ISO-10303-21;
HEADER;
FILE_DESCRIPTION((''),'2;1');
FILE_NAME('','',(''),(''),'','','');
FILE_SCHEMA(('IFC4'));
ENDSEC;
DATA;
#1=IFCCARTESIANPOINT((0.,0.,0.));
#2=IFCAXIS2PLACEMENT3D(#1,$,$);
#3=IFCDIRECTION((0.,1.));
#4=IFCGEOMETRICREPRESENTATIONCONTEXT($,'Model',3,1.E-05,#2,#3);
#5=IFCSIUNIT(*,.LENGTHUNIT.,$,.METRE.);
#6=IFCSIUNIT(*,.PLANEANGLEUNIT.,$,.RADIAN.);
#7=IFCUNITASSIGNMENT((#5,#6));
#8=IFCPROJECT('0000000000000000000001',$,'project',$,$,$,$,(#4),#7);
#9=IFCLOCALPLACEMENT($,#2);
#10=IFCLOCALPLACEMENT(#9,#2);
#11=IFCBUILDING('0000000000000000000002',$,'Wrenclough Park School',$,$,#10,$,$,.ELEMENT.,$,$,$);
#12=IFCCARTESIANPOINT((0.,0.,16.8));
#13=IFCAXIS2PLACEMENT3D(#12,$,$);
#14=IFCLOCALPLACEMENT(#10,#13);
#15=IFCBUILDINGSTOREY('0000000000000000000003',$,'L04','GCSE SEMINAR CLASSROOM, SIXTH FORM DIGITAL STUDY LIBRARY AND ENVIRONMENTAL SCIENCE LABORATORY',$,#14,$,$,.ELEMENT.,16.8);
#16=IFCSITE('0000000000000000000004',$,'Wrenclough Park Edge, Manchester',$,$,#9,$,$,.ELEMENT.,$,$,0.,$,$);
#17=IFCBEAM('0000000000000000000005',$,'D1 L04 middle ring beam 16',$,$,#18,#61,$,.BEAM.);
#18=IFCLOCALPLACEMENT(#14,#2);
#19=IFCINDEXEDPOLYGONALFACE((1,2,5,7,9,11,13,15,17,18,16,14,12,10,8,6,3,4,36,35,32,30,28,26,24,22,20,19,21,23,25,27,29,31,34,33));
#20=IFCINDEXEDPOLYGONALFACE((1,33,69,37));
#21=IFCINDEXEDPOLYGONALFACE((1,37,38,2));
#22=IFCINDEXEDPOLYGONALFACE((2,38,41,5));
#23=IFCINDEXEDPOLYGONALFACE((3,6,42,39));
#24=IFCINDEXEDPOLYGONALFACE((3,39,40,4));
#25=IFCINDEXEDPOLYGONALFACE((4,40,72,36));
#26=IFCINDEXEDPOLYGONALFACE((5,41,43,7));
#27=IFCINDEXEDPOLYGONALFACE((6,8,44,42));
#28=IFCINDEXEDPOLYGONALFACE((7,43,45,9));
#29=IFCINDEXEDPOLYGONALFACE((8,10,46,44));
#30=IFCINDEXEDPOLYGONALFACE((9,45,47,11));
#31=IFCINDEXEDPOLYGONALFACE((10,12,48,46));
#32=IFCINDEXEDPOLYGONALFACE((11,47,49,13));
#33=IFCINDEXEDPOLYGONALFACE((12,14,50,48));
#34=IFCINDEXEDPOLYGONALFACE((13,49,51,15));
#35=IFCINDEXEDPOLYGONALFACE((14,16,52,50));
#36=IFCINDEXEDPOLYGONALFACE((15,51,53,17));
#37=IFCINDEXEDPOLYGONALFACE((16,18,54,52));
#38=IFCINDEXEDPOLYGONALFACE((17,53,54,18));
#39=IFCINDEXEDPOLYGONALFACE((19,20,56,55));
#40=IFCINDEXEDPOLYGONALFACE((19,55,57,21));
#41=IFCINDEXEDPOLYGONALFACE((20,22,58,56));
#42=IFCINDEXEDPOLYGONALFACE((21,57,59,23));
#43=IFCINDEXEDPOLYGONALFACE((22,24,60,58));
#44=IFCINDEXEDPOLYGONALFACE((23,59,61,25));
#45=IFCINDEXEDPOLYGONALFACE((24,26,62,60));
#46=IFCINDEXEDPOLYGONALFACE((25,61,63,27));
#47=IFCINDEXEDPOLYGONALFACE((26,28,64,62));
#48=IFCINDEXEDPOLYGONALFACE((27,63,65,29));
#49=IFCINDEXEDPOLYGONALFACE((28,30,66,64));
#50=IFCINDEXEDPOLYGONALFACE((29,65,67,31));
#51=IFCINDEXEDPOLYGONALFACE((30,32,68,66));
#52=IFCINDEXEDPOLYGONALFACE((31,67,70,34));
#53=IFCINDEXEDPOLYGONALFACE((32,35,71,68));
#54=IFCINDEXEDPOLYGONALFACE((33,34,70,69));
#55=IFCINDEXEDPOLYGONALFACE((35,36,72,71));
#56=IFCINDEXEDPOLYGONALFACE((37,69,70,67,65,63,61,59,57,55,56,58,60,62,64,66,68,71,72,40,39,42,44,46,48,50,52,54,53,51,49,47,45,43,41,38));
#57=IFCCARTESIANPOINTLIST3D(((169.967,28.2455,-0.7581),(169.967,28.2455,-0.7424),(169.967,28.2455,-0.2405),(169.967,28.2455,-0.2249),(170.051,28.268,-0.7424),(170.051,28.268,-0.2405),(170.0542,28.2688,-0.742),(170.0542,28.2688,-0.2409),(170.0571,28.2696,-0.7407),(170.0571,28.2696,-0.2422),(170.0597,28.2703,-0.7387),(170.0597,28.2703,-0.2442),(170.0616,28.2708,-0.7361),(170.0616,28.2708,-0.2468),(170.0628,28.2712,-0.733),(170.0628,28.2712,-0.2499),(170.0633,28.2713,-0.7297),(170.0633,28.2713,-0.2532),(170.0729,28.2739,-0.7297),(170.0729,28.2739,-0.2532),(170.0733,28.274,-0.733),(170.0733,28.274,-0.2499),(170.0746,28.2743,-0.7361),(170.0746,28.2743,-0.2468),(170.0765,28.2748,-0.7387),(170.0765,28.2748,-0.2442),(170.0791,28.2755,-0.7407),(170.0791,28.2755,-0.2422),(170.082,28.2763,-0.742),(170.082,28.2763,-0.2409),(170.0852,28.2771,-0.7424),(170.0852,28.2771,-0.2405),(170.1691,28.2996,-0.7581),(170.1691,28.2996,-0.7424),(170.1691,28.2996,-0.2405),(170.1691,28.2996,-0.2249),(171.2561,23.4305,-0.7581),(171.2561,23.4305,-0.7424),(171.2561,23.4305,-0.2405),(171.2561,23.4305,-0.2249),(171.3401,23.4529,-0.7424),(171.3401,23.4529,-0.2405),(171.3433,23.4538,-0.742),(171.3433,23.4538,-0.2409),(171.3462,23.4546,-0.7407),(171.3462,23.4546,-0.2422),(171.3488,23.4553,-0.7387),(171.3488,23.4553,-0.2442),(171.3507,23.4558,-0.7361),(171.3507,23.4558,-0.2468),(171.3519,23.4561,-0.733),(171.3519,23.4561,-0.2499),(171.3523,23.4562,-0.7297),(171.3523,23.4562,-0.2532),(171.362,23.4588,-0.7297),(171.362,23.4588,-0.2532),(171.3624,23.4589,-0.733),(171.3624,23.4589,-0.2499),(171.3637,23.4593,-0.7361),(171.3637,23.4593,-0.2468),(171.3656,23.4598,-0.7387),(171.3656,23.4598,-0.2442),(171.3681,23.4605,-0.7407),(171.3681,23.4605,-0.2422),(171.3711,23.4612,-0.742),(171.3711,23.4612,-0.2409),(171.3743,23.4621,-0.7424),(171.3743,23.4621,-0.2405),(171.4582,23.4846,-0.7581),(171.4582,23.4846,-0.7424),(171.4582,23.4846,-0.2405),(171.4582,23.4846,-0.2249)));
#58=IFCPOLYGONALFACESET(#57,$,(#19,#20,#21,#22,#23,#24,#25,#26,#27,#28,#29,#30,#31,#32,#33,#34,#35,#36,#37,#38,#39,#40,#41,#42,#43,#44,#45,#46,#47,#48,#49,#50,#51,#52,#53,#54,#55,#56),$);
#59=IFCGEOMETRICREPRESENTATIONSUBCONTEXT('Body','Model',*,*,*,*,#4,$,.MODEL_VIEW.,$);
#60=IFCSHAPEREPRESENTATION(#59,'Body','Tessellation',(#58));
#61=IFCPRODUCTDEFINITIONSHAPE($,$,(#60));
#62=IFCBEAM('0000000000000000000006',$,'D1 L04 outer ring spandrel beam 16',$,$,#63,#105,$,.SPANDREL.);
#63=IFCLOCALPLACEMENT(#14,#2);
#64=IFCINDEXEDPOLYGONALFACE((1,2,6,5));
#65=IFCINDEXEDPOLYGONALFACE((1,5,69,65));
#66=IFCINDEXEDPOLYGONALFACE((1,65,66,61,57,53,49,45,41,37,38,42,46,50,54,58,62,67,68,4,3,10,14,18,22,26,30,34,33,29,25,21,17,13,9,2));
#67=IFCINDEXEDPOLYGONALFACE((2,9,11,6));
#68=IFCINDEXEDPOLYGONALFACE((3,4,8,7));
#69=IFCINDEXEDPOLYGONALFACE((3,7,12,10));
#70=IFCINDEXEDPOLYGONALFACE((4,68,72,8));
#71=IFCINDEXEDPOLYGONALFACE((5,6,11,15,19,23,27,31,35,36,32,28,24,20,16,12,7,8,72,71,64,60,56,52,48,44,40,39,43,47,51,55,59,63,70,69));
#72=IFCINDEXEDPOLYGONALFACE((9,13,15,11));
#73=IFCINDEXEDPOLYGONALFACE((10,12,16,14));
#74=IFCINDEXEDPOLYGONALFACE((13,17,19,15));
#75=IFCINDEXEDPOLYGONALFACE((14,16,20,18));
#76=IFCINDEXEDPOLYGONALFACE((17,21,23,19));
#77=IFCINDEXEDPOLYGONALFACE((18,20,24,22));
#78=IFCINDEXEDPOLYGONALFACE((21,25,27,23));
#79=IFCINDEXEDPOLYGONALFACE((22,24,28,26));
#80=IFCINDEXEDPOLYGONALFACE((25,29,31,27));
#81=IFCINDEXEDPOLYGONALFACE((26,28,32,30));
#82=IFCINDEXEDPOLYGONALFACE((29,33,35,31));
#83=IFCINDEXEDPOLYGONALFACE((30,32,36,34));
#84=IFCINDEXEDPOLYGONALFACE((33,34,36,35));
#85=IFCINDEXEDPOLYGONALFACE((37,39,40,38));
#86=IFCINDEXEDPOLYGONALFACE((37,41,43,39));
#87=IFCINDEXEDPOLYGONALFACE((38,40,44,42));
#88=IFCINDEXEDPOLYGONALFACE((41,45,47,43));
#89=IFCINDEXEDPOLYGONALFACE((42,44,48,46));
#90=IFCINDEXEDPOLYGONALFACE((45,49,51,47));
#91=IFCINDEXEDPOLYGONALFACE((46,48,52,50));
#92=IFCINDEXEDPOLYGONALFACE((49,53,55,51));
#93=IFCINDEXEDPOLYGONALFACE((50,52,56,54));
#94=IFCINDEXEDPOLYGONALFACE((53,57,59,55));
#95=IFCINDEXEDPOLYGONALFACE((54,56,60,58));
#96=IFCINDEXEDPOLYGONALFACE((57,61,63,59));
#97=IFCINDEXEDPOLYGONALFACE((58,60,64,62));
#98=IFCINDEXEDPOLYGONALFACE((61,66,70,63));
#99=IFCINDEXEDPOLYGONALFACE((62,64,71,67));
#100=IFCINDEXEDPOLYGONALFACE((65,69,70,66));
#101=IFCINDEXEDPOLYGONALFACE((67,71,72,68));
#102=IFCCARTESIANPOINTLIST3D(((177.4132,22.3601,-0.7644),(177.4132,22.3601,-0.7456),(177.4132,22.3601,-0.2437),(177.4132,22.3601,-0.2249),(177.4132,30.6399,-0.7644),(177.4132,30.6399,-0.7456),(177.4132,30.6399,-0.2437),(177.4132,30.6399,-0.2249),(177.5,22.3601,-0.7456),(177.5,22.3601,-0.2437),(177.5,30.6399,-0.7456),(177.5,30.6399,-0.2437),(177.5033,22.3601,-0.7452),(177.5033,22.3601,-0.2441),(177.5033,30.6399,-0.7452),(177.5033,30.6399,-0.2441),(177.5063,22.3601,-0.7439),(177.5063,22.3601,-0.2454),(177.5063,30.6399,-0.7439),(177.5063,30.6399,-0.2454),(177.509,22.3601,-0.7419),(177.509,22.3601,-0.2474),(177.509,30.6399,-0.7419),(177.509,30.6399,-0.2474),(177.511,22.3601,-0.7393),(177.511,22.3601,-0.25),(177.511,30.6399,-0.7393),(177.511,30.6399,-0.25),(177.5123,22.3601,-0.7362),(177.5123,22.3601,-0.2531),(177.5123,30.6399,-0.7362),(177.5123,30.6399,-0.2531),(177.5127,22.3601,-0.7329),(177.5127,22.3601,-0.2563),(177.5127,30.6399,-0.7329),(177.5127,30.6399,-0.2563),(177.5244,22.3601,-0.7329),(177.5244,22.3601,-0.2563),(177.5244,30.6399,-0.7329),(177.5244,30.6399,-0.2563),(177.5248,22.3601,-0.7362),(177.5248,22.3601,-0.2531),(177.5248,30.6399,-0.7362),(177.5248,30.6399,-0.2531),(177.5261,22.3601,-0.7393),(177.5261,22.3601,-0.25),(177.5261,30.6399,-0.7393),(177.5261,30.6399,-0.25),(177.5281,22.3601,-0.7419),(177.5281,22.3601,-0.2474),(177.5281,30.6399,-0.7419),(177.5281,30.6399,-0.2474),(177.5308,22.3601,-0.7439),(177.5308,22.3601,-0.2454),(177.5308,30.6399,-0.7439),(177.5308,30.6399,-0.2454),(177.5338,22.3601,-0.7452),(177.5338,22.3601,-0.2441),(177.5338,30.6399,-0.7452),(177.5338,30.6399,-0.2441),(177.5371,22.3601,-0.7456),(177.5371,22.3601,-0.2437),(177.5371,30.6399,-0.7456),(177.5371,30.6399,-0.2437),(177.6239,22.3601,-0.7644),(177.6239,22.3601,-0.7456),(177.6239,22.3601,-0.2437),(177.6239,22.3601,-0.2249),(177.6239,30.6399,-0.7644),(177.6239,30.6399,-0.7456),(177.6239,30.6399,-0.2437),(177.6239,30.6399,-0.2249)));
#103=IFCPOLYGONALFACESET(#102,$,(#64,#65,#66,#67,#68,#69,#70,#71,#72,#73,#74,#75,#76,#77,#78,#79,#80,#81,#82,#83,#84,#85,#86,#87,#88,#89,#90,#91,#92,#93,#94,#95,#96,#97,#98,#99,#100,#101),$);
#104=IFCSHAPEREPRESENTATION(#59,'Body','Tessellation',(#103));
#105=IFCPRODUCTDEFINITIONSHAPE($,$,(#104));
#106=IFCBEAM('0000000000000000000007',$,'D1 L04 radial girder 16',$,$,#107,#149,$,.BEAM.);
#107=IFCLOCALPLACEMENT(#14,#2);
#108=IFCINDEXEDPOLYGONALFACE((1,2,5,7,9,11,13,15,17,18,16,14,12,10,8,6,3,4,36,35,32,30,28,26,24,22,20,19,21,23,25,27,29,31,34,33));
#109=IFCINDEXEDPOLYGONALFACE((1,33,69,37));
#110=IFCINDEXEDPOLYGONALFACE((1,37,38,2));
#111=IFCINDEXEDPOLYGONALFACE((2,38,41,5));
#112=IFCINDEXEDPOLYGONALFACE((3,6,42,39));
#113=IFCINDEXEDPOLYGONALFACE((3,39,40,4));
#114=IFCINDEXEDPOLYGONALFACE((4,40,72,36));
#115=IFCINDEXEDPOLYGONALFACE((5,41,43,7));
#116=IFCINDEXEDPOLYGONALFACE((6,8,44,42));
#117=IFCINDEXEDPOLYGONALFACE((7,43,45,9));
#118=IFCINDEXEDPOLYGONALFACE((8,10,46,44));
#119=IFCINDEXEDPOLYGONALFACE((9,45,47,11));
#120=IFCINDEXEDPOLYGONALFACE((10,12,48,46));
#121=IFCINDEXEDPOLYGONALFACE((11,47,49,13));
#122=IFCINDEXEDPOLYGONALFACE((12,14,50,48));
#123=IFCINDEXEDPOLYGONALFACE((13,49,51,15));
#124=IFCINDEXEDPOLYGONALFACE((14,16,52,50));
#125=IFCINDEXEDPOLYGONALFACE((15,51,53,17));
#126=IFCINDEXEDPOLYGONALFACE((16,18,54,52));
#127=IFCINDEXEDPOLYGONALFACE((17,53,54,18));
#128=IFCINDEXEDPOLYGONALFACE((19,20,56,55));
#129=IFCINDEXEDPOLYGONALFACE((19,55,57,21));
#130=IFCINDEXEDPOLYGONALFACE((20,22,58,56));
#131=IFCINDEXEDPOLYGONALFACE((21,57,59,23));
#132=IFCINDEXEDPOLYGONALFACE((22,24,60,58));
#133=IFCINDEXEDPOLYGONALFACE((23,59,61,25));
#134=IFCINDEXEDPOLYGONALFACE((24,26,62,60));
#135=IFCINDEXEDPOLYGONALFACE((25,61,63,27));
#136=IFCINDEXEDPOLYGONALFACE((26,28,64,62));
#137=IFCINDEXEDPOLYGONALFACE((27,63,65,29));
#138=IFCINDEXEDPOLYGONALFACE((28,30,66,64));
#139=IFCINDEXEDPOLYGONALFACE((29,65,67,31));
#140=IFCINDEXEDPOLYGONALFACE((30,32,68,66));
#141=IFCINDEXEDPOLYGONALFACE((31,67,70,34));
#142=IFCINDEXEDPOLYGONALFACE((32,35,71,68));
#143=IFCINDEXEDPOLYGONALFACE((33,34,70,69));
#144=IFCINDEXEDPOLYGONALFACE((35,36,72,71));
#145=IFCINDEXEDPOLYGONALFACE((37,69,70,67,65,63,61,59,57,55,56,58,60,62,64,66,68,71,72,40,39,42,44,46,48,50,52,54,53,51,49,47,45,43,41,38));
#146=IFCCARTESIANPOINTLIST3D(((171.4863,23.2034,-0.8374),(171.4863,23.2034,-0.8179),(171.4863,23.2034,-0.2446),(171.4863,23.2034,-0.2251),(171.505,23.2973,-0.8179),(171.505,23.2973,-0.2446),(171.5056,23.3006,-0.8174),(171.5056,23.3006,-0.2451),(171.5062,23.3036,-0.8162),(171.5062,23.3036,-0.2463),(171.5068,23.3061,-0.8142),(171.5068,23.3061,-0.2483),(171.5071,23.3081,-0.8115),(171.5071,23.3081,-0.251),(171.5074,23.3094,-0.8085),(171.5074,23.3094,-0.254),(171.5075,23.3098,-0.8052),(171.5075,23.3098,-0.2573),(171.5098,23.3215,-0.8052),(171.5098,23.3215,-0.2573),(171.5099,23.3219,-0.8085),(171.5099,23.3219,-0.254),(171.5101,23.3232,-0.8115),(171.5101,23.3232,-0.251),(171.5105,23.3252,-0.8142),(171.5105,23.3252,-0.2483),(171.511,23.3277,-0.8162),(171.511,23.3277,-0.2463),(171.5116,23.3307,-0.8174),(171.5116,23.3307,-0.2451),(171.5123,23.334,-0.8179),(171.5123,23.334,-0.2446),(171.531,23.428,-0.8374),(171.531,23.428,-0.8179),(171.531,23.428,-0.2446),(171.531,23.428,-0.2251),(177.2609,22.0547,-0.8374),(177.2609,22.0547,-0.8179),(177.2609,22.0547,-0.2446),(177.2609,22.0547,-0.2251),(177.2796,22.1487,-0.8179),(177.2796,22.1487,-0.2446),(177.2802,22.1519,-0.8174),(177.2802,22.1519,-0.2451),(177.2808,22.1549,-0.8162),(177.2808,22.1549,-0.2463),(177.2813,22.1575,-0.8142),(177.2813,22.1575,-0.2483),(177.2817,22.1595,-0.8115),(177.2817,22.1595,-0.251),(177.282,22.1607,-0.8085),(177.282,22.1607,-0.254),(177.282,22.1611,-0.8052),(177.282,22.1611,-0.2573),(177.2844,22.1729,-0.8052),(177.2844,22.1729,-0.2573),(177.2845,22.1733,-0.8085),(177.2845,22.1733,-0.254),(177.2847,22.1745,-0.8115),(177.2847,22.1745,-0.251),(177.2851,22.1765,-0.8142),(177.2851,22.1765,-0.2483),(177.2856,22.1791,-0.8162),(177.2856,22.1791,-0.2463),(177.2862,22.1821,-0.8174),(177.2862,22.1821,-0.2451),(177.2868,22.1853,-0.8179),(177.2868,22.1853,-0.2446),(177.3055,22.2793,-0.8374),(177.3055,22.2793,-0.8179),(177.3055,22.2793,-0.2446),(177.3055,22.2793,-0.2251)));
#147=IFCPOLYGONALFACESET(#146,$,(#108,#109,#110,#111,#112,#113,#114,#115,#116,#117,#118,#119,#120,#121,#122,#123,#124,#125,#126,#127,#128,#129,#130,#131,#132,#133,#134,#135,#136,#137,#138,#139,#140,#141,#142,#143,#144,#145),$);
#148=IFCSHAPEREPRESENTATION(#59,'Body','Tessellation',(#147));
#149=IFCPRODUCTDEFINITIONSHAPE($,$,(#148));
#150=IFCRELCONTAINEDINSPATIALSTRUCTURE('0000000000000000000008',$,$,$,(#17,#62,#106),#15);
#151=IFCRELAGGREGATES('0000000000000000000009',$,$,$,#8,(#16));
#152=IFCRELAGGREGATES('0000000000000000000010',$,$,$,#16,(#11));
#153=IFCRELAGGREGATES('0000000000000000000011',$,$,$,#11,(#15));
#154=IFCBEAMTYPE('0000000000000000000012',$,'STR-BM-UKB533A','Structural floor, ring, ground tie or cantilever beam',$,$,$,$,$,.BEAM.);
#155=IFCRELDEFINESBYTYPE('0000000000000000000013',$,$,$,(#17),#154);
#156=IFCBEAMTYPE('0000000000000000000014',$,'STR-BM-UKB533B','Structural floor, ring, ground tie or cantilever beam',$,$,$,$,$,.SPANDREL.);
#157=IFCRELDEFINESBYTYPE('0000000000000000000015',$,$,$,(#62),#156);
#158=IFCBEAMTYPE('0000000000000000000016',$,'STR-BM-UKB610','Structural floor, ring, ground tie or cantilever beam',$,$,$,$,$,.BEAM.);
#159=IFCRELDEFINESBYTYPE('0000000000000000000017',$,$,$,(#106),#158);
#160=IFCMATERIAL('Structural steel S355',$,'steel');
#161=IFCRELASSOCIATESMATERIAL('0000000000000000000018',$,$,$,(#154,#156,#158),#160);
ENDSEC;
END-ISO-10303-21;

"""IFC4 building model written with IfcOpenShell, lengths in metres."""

from ifc_helpers import new_model, si_unit, direction, frame, origin, origin_2d, place, context, subcontext, project, spatial, i_section, extrude, material, material_profile, profile_set, type_object, element, save


model = new_model("IFC4")

# Units and contexts
model_context = context("Model", 3, precision=1e-05, world=origin(), true_north=direction((0.0, 1.0)))
body_context = subcontext(model_context, "Body", "Model", "MODEL_VIEW")
ifc_project = project(units=[si_unit("LENGTHUNIT", "METRE"), si_unit("PLANEANGLEUNIT", "RADIAN")], contexts=[model_context])

# Site, building, storey
site_placement = place(None, origin())
site = spatial("IfcSite", under=ifc_project, at=site_placement, Name="Wrenclough Park Edge, Manchester", CompositionType="ELEMENT", RefElevation=0.0)
building_placement = place(site_placement, origin())
building = spatial("IfcBuilding", under=site, at=building_placement, Name="Wrenclough Park School", CompositionType="ELEMENT")
storey_placement = place(building_placement, frame((0.0, 0.0, 16.8)))
storey = spatial("IfcBuildingStorey", under=building, at=storey_placement, Name="L04", Description="GCSE SEMINAR CLASSROOM, SIXTH FORM DIGITAL STUDY LIBRARY AND ENVIRONMENTAL SCIENCE LABORATORY", CompositionType="ELEMENT", Elevation=16.8)

# Beams
ifc_material_1 = material(Name="Structural steel S355", Category="steel")
ifc_material_profile_1 = material_profile(ifc_material_1, i_section(OverallWidth=0.2092, OverallDepth=0.5332, WebThickness=0.01, FlangeThickness=0.0156, FilletRadius=0.0127, at=origin_2d()), Name="UKB 533x210x92")
ifc_profile_set_1 = profile_set([ifc_material_profile_1], Name="Structural steel S355")
beam_type_1 = type_object("IfcBeamType", Name="STR-BM-UKB533A", Description="Structural floor, ring, ground tie or cantilever beam", PredefinedType="BEAM", material=ifc_profile_set_1)
beam_1_placement = place(storey_placement, frame((171.3572, 23.4575, -0.4915), z_axis=(-0.258614, 0.965981, 0.0), x_axis=(-0.965981, -0.258614, 0.0)))
element("IfcBeam", 1, at=beam_1_placement, inside=storey, type_object=beam_type_1, Name="D1 L04 middle ring beam 16", PredefinedType="BEAM", context=body_context, shape_type="SweptSolid", body=[
    extrude(i_section(OverallWidth=0.2092, OverallDepth=0.5332, WebThickness=0.01, FlangeThickness=0.0156, FilletRadius=0.0127, at=origin_2d()), origin(), (0.0, 0.0, 1.0), 4.9846),
])
ifc_material_profile_2 = material_profile(ifc_material_1, i_section(OverallWidth=0.2107, OverallDepth=0.5396, WebThickness=0.0117, FlangeThickness=0.0188, FilletRadius=0.0127, at=origin_2d()), Name="UKB 533x210x109")
ifc_profile_set_2 = profile_set([ifc_material_profile_2], Name="Structural steel S355")
beam_type_2 = type_object("IfcBeamType", Name="STR-BM-UKB533B", Description="Structural floor, ring, ground tie or cantilever beam", PredefinedType="SPANDREL", material=ifc_profile_set_2)
beam_2_placement = place(storey_placement, frame((177.5186, 22.3601, -0.4946), z_axis=(0.0, 1.0, 0.0), x_axis=(-1.0, 0.0, 0.0)))
element("IfcBeam", 2, at=beam_2_placement, inside=storey, type_object=beam_type_2, Name="D1 L04 outer ring spandrel beam 16", PredefinedType="SPANDREL", context=body_context, shape_type="SweptSolid", body=[
    extrude(i_section(OverallWidth=0.2107, OverallDepth=0.5396, WebThickness=0.0117, FlangeThickness=0.0188, FilletRadius=0.0127, at=origin_2d()), origin(), (0.0, 0.0, 1.0), 8.2798),
])
ifc_material_profile_3 = material_profile(ifc_material_1, i_section(OverallWidth=0.229, OverallDepth=0.6123, WebThickness=0.012, FlangeThickness=0.0195, FilletRadius=0.0127, at=origin_2d()), Name="UKB 610x229x125")
ifc_profile_set_3 = profile_set([ifc_material_profile_3], Name="Structural steel S355")
beam_type_3 = type_object("IfcBeamType", Name="STR-BM-UKB610", Description="Structural floor, ring, ground tie or cantilever beam", PredefinedType="BEAM", material=ifc_profile_set_3)
beam_3_placement = place(storey_placement, frame((177.2832, 22.167, -0.5312), z_axis=(-0.980784, 0.195095, 0.0), x_axis=(-0.195095, -0.980784, 0.0)))
element("IfcBeam", 3, at=beam_3_placement, inside=storey, type_object=beam_type_3, Name="D1 L04 radial girder 16", PredefinedType="BEAM", context=body_context, shape_type="SweptSolid", body=[
    extrude(i_section(OverallWidth=0.229, OverallDepth=0.6123, WebThickness=0.012, FlangeThickness=0.0195, FilletRadius=0.0127, at=origin_2d()), origin(), (0.0, 0.0, 1.0), 5.8877),
])

save(model, "model.ifc")
